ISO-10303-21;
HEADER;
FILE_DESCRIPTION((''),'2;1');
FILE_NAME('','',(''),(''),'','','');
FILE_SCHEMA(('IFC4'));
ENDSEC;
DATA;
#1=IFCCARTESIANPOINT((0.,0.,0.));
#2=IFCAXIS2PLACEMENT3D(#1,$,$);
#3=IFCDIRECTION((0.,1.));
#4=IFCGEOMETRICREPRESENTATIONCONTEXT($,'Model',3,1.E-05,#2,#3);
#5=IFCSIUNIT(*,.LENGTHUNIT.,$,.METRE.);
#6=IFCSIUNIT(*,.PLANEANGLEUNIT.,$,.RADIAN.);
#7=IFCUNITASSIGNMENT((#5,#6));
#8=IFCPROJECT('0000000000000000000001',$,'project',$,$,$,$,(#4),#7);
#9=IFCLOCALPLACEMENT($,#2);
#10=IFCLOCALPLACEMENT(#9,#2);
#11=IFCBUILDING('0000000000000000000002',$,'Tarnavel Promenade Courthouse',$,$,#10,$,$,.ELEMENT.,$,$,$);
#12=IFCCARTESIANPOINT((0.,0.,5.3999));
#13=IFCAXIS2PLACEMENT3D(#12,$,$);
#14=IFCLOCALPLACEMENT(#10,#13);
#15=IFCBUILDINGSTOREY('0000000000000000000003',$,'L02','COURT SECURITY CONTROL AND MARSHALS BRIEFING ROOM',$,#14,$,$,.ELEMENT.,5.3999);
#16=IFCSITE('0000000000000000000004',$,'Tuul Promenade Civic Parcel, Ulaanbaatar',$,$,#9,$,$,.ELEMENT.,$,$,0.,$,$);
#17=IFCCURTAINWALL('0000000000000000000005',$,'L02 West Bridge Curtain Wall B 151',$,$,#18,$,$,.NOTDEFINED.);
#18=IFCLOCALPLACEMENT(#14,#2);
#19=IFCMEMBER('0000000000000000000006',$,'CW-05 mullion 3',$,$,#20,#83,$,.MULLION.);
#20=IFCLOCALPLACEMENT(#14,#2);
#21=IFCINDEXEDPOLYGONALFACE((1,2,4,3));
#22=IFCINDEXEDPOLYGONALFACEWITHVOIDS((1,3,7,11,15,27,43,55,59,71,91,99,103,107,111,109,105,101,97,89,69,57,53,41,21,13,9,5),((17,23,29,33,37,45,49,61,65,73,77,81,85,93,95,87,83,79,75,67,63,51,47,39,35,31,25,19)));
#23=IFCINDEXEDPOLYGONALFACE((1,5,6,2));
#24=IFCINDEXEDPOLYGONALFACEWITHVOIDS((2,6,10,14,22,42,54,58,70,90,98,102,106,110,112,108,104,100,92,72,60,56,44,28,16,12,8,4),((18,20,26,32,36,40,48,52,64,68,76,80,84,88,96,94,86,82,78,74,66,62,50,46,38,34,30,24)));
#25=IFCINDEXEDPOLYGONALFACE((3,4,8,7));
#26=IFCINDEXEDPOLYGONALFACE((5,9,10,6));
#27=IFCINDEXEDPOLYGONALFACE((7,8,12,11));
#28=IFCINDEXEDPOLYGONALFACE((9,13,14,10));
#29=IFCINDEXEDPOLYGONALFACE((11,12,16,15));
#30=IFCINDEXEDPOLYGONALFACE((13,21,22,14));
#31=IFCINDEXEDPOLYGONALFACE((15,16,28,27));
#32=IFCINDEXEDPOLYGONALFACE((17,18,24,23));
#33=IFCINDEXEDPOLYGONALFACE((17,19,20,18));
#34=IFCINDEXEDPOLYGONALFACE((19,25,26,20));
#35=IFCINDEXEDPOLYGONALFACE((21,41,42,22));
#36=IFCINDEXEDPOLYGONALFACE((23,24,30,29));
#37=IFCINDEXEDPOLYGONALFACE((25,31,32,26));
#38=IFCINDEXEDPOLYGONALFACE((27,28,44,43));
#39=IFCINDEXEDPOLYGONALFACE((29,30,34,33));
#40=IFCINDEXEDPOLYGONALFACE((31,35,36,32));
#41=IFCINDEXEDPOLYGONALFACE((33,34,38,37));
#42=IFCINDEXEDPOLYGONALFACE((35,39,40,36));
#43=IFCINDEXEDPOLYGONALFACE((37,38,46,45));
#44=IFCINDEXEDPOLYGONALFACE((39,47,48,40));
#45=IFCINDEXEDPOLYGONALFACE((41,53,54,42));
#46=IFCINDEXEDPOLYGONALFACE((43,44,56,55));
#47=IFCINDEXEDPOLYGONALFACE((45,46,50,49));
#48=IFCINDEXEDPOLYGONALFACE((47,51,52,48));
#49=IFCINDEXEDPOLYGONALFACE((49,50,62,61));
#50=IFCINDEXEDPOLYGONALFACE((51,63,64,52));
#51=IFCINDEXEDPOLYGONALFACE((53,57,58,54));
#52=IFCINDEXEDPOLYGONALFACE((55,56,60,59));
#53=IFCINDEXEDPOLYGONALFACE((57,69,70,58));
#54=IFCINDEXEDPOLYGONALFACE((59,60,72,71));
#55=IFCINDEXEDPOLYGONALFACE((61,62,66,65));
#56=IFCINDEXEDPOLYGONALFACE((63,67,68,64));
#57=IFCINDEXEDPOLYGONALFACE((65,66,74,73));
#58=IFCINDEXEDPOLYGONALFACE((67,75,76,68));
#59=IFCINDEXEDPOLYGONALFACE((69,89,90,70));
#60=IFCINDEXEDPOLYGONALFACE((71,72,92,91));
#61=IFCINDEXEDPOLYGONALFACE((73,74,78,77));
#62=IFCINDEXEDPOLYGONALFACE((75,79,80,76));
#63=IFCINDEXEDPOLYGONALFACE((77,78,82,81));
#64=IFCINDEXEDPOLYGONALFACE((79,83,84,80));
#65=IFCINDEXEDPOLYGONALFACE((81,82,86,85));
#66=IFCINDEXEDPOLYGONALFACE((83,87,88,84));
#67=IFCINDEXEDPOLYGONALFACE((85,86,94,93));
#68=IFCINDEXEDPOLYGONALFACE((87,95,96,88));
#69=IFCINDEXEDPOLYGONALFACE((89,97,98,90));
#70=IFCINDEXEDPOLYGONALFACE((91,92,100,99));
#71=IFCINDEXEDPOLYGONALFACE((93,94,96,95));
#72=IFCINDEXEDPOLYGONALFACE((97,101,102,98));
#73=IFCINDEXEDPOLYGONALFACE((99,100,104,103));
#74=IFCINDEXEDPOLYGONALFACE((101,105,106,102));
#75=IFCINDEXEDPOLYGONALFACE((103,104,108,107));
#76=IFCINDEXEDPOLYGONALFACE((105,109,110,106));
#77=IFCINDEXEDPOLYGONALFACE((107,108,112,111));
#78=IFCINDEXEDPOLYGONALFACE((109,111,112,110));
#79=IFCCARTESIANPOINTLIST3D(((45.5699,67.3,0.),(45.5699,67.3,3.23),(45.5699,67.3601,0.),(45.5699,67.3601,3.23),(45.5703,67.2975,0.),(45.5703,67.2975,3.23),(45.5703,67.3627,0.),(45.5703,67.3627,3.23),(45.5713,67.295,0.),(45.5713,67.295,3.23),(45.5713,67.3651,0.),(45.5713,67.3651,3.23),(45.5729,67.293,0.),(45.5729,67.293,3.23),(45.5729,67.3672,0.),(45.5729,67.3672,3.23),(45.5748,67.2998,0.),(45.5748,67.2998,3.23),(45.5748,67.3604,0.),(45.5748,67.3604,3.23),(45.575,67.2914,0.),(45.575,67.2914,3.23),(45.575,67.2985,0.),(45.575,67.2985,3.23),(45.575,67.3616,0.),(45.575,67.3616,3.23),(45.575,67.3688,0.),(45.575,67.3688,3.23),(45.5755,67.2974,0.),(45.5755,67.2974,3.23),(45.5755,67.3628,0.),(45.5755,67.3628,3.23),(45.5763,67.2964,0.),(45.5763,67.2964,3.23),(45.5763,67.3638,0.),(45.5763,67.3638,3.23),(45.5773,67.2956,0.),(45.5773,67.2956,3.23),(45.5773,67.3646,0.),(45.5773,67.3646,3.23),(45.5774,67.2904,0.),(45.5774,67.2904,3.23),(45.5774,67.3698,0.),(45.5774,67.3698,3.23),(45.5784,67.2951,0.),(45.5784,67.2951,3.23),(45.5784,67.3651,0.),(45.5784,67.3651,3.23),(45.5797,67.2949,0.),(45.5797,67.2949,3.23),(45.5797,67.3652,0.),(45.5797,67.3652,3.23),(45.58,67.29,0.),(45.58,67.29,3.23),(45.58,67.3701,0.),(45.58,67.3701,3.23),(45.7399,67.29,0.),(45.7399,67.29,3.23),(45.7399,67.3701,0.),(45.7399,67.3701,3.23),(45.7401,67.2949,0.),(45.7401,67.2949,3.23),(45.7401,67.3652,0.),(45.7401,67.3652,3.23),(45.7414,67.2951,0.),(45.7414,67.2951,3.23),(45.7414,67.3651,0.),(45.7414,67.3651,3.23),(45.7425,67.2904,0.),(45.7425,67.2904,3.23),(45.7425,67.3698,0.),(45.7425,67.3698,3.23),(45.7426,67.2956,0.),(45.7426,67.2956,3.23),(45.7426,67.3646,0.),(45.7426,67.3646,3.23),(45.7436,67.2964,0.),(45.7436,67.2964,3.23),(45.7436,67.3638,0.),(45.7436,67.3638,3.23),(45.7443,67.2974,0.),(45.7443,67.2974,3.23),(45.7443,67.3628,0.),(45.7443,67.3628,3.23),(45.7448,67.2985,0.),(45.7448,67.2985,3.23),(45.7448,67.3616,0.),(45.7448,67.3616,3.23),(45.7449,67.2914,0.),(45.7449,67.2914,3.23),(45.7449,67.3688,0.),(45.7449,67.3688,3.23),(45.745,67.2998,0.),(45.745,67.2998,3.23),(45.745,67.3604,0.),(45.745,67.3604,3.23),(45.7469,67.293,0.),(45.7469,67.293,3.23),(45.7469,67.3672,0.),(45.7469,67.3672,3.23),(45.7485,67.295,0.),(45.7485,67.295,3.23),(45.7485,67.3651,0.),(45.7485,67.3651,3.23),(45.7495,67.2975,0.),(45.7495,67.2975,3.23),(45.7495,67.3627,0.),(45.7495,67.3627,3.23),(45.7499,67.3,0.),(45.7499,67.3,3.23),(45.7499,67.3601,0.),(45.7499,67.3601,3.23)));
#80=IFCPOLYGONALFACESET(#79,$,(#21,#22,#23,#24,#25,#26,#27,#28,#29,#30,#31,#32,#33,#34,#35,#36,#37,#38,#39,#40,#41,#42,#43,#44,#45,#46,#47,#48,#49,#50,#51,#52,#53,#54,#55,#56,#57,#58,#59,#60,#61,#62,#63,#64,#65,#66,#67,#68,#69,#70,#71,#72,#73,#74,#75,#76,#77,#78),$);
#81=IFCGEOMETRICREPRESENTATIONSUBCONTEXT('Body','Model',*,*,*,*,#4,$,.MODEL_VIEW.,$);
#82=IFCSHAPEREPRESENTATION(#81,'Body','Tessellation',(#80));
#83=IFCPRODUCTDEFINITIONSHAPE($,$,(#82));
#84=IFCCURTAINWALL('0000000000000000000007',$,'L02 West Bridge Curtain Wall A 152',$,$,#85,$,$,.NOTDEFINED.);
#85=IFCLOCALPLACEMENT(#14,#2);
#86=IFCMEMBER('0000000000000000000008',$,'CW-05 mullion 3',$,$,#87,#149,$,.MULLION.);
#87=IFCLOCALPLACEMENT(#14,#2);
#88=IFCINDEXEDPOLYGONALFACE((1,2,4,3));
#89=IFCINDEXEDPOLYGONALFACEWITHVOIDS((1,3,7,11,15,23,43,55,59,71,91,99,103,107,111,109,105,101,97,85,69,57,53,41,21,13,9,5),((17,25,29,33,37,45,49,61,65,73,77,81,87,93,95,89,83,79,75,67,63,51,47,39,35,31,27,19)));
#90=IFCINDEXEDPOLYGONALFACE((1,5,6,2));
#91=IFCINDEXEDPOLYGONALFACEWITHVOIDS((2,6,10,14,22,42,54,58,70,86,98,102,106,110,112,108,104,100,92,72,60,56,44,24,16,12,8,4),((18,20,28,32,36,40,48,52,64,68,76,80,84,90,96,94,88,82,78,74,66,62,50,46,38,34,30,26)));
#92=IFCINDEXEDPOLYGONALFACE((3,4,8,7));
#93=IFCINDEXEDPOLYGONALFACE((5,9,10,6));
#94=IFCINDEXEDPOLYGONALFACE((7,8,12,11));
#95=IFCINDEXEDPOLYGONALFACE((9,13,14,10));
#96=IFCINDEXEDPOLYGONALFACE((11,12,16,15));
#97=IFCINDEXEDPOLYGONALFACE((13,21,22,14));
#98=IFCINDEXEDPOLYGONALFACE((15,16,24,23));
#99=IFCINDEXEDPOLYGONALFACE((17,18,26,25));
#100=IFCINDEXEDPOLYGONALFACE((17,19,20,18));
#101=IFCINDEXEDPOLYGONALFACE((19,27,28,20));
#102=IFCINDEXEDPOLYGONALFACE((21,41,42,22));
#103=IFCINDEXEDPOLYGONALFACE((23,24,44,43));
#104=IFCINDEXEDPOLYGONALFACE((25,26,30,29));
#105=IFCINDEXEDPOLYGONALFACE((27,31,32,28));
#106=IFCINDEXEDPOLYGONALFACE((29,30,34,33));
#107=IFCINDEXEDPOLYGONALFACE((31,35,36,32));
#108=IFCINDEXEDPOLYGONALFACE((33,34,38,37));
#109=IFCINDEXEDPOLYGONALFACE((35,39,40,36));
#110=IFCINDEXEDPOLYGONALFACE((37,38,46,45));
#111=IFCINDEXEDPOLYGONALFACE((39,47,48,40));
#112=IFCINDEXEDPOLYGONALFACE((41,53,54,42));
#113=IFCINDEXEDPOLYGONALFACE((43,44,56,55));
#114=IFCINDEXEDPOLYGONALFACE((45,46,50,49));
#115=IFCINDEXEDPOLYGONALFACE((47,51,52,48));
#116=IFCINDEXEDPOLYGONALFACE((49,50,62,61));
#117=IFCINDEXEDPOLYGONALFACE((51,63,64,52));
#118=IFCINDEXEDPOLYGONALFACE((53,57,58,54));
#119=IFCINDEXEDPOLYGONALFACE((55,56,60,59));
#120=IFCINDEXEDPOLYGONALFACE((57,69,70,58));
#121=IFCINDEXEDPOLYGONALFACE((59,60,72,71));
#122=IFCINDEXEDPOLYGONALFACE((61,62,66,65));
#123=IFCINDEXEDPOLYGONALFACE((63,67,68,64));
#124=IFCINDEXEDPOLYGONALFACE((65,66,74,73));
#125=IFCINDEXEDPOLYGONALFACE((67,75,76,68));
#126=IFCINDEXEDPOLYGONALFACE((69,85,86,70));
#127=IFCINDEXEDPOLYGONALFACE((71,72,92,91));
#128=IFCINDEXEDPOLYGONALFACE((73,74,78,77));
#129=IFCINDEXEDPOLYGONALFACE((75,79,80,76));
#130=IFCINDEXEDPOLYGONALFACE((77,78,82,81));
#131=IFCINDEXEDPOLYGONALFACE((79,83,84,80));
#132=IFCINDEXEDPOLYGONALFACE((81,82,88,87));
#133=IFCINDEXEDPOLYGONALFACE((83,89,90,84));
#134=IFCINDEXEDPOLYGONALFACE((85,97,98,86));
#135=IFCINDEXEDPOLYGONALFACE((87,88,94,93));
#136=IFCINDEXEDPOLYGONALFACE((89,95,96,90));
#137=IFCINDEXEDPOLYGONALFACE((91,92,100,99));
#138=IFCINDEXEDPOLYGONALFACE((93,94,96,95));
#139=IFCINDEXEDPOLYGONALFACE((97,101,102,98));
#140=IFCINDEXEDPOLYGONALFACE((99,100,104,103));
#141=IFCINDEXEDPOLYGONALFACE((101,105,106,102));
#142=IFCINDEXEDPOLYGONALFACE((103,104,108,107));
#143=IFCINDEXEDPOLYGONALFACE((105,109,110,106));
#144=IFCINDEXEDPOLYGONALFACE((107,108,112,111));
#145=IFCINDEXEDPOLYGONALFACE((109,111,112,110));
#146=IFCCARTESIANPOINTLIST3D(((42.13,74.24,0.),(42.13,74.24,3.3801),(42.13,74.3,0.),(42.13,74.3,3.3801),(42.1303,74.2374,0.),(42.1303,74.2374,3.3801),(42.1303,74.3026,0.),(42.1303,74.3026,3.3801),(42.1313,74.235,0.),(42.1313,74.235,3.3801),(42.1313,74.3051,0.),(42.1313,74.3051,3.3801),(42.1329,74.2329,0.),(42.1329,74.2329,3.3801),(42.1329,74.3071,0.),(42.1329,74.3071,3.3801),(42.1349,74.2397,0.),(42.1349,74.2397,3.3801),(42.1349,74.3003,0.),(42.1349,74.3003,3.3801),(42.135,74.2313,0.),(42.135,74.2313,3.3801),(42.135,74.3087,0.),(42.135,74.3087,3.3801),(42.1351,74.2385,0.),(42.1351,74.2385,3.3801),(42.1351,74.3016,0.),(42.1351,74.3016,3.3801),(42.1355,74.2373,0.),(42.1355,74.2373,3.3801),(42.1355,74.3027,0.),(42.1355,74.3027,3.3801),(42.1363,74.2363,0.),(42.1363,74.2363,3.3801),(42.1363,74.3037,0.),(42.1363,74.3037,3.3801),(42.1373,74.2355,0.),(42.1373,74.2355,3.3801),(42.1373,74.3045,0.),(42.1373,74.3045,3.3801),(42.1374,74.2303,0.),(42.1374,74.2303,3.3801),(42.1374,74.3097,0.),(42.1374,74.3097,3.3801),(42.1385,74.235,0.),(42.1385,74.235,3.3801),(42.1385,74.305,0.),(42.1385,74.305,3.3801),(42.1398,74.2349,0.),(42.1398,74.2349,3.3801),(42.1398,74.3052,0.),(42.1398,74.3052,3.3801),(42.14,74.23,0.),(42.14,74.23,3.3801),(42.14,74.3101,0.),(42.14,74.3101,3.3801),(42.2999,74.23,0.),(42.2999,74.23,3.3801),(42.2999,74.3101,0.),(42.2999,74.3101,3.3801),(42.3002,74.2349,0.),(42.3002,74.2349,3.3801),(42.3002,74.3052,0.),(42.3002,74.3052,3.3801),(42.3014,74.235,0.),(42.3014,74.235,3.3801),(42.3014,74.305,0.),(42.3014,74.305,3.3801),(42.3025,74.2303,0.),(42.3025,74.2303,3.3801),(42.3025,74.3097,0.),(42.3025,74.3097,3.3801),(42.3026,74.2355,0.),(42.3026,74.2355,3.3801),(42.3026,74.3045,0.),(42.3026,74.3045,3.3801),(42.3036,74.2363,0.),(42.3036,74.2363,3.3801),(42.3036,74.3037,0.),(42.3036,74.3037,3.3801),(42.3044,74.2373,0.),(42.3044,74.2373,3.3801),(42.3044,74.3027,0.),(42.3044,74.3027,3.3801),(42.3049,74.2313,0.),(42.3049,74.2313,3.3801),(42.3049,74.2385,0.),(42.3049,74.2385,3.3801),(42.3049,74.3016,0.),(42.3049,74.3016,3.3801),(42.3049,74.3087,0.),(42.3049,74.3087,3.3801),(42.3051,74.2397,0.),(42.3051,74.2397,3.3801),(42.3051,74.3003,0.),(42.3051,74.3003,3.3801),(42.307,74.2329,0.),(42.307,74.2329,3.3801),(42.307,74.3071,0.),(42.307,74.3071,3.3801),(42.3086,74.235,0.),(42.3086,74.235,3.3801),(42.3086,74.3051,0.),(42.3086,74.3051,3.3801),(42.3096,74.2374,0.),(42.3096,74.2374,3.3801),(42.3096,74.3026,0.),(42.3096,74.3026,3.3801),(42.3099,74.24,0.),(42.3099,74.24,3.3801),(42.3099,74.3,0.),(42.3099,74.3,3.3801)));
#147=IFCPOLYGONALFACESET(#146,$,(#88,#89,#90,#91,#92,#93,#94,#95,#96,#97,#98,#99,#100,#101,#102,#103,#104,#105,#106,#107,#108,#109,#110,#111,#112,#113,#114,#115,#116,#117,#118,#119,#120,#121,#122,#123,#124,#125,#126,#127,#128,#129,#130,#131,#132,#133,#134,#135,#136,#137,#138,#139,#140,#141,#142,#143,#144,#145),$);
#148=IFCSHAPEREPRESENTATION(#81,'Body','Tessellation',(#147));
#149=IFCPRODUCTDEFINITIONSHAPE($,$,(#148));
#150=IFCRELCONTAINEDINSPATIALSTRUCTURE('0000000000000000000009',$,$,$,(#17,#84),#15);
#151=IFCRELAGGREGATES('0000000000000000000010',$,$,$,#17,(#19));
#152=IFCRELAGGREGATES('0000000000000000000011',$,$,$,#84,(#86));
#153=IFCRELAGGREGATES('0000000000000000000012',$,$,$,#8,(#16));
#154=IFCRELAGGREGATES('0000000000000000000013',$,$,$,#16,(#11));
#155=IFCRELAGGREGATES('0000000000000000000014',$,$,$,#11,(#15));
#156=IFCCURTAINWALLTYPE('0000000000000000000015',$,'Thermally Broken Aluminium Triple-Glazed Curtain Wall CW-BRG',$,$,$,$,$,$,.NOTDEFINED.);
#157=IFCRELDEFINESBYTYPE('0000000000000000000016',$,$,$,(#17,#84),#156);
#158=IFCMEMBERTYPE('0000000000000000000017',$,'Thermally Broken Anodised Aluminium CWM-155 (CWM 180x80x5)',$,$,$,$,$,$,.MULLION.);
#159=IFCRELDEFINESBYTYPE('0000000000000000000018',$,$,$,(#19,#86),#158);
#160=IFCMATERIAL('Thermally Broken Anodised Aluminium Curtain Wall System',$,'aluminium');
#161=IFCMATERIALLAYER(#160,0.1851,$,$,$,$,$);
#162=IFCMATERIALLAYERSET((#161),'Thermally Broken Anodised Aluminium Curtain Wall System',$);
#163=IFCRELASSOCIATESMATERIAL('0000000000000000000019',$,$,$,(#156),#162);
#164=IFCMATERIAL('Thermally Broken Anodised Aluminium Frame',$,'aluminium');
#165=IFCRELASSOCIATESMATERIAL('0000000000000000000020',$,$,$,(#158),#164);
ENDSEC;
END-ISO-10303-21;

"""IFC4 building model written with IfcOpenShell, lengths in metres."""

from ifc_helpers import new_model, si_unit, direction, frame, origin, origin_2d, place, context, subcontext, project, spatial, hollow_rectangle, extrude, material, layer, layer_set, material_profile, profile_set, type_object, element, aggregate, save


model = new_model("IFC4")

# Units and contexts
model_context = context("Model", 3, precision=1e-05, world=origin(), true_north=direction((0.0, 1.0)))
body_context = subcontext(model_context, "Body", "Model", "MODEL_VIEW")
ifc_project = project(units=[si_unit("LENGTHUNIT", "METRE"), si_unit("PLANEANGLEUNIT", "RADIAN")], contexts=[model_context])

# Site, building, storey
site_placement = place(None, origin())
site = spatial("IfcSite", under=ifc_project, at=site_placement, Name="Tuul Promenade Civic Parcel, Ulaanbaatar", CompositionType="ELEMENT", RefElevation=0.0)
building_placement = place(site_placement, origin())
building = spatial("IfcBuilding", under=site, at=building_placement, Name="Tarnavel Promenade Courthouse", CompositionType="ELEMENT")
storey_placement = place(building_placement, frame((0.0, 0.0, 5.3999)))
storey = spatial("IfcBuildingStorey", under=building, at=storey_placement, Name="L02", Description="COURT SECURITY CONTROL AND MARSHALS BRIEFING ROOM", CompositionType="ELEMENT", Elevation=5.3999)

# Shared definitions
ifc_material_1 = material(Name="Thermally Broken Anodised Aluminium Curtain Wall System", Category="aluminium")
ifc_layer_1 = layer(ifc_material_1, 0.1851)
ifc_layer_set_1 = layer_set([ifc_layer_1], Name="Thermally Broken Anodised Aluminium Curtain Wall System")
curtain_wall_type = type_object("IfcCurtainWallType", Name="Thermally Broken Aluminium Triple-Glazed Curtain Wall CW-BRG", PredefinedType="NOTDEFINED", material=ifc_layer_set_1)
ifc_material_2 = material(Name="Thermally Broken Anodised Aluminium Frame", Category="aluminium")
ifc_material_profile_1 = material_profile(ifc_material_2, hollow_rectangle(XDim=0.0801, YDim=0.1799, WallThickness=0.0049, InnerFilletRadius=0.0049, OuterFilletRadius=0.01, at=origin_2d()), Name="CWM 180x80x5")
ifc_profile_set_1 = profile_set([ifc_material_profile_1], Name="Thermally Broken Anodised Aluminium Frame")
member_type_1 = type_object("IfcMemberType", Name="Thermally Broken Anodised Aluminium CWM-155 (CWM 180x80x5)", PredefinedType="MULLION", material=ifc_profile_set_1)

# Curtain wall, member
curtain_wall_1_placement = place(storey_placement, origin())
curtain_wall_1 = element("IfcCurtainWall", 1, at=curtain_wall_1_placement, inside=storey, type_object=curtain_wall_type, Name="L02 West Bridge Curtain Wall B 151", PredefinedType="NOTDEFINED")
member_1_placement = place(storey_placement, frame((45.6599, 67.3301, 0.0), z_axis=(0.0, 0.0, 1.0), x_axis=(0.0, 1.0, 0.0)))
member_1 = element("IfcMember", 2, at=member_1_placement, type_object=member_type_1, Name="CW-05 mullion 3", PredefinedType="MULLION", context=body_context, shape_type="SweptSolid", body=[
    extrude(hollow_rectangle(XDim=0.0801, YDim=0.1799, WallThickness=0.0049, InnerFilletRadius=0.0049, OuterFilletRadius=0.01, at=origin_2d()), origin(), (0.0, 0.0, 1.0), 3.23),
])

# Curtain wall, member
curtain_wall_2_placement = place(storey_placement, origin())
curtain_wall_2 = element("IfcCurtainWall", 3, at=curtain_wall_2_placement, inside=storey, type_object=curtain_wall_type, Name="L02 West Bridge Curtain Wall A 152", PredefinedType="NOTDEFINED")
member_2_placement = place(storey_placement, frame((42.22, 74.27, 0.0), z_axis=(0.0, 0.0, 1.0), x_axis=(0.0, 1.0, 0.0)))
member_2 = element("IfcMember", 4, at=member_2_placement, type_object=member_type_1, Name="CW-05 mullion 3", PredefinedType="MULLION", context=body_context, shape_type="SweptSolid", body=[
    extrude(hollow_rectangle(XDim=0.0801, YDim=0.1799, WallThickness=0.0049, InnerFilletRadius=0.0049, OuterFilletRadius=0.01, at=origin_2d()), origin(), (0.0, 0.0, 1.0), 3.3801),
])

aggregate(curtain_wall_1, [member_1])
aggregate(curtain_wall_2, [member_2])

save(model, "model.ifc")
